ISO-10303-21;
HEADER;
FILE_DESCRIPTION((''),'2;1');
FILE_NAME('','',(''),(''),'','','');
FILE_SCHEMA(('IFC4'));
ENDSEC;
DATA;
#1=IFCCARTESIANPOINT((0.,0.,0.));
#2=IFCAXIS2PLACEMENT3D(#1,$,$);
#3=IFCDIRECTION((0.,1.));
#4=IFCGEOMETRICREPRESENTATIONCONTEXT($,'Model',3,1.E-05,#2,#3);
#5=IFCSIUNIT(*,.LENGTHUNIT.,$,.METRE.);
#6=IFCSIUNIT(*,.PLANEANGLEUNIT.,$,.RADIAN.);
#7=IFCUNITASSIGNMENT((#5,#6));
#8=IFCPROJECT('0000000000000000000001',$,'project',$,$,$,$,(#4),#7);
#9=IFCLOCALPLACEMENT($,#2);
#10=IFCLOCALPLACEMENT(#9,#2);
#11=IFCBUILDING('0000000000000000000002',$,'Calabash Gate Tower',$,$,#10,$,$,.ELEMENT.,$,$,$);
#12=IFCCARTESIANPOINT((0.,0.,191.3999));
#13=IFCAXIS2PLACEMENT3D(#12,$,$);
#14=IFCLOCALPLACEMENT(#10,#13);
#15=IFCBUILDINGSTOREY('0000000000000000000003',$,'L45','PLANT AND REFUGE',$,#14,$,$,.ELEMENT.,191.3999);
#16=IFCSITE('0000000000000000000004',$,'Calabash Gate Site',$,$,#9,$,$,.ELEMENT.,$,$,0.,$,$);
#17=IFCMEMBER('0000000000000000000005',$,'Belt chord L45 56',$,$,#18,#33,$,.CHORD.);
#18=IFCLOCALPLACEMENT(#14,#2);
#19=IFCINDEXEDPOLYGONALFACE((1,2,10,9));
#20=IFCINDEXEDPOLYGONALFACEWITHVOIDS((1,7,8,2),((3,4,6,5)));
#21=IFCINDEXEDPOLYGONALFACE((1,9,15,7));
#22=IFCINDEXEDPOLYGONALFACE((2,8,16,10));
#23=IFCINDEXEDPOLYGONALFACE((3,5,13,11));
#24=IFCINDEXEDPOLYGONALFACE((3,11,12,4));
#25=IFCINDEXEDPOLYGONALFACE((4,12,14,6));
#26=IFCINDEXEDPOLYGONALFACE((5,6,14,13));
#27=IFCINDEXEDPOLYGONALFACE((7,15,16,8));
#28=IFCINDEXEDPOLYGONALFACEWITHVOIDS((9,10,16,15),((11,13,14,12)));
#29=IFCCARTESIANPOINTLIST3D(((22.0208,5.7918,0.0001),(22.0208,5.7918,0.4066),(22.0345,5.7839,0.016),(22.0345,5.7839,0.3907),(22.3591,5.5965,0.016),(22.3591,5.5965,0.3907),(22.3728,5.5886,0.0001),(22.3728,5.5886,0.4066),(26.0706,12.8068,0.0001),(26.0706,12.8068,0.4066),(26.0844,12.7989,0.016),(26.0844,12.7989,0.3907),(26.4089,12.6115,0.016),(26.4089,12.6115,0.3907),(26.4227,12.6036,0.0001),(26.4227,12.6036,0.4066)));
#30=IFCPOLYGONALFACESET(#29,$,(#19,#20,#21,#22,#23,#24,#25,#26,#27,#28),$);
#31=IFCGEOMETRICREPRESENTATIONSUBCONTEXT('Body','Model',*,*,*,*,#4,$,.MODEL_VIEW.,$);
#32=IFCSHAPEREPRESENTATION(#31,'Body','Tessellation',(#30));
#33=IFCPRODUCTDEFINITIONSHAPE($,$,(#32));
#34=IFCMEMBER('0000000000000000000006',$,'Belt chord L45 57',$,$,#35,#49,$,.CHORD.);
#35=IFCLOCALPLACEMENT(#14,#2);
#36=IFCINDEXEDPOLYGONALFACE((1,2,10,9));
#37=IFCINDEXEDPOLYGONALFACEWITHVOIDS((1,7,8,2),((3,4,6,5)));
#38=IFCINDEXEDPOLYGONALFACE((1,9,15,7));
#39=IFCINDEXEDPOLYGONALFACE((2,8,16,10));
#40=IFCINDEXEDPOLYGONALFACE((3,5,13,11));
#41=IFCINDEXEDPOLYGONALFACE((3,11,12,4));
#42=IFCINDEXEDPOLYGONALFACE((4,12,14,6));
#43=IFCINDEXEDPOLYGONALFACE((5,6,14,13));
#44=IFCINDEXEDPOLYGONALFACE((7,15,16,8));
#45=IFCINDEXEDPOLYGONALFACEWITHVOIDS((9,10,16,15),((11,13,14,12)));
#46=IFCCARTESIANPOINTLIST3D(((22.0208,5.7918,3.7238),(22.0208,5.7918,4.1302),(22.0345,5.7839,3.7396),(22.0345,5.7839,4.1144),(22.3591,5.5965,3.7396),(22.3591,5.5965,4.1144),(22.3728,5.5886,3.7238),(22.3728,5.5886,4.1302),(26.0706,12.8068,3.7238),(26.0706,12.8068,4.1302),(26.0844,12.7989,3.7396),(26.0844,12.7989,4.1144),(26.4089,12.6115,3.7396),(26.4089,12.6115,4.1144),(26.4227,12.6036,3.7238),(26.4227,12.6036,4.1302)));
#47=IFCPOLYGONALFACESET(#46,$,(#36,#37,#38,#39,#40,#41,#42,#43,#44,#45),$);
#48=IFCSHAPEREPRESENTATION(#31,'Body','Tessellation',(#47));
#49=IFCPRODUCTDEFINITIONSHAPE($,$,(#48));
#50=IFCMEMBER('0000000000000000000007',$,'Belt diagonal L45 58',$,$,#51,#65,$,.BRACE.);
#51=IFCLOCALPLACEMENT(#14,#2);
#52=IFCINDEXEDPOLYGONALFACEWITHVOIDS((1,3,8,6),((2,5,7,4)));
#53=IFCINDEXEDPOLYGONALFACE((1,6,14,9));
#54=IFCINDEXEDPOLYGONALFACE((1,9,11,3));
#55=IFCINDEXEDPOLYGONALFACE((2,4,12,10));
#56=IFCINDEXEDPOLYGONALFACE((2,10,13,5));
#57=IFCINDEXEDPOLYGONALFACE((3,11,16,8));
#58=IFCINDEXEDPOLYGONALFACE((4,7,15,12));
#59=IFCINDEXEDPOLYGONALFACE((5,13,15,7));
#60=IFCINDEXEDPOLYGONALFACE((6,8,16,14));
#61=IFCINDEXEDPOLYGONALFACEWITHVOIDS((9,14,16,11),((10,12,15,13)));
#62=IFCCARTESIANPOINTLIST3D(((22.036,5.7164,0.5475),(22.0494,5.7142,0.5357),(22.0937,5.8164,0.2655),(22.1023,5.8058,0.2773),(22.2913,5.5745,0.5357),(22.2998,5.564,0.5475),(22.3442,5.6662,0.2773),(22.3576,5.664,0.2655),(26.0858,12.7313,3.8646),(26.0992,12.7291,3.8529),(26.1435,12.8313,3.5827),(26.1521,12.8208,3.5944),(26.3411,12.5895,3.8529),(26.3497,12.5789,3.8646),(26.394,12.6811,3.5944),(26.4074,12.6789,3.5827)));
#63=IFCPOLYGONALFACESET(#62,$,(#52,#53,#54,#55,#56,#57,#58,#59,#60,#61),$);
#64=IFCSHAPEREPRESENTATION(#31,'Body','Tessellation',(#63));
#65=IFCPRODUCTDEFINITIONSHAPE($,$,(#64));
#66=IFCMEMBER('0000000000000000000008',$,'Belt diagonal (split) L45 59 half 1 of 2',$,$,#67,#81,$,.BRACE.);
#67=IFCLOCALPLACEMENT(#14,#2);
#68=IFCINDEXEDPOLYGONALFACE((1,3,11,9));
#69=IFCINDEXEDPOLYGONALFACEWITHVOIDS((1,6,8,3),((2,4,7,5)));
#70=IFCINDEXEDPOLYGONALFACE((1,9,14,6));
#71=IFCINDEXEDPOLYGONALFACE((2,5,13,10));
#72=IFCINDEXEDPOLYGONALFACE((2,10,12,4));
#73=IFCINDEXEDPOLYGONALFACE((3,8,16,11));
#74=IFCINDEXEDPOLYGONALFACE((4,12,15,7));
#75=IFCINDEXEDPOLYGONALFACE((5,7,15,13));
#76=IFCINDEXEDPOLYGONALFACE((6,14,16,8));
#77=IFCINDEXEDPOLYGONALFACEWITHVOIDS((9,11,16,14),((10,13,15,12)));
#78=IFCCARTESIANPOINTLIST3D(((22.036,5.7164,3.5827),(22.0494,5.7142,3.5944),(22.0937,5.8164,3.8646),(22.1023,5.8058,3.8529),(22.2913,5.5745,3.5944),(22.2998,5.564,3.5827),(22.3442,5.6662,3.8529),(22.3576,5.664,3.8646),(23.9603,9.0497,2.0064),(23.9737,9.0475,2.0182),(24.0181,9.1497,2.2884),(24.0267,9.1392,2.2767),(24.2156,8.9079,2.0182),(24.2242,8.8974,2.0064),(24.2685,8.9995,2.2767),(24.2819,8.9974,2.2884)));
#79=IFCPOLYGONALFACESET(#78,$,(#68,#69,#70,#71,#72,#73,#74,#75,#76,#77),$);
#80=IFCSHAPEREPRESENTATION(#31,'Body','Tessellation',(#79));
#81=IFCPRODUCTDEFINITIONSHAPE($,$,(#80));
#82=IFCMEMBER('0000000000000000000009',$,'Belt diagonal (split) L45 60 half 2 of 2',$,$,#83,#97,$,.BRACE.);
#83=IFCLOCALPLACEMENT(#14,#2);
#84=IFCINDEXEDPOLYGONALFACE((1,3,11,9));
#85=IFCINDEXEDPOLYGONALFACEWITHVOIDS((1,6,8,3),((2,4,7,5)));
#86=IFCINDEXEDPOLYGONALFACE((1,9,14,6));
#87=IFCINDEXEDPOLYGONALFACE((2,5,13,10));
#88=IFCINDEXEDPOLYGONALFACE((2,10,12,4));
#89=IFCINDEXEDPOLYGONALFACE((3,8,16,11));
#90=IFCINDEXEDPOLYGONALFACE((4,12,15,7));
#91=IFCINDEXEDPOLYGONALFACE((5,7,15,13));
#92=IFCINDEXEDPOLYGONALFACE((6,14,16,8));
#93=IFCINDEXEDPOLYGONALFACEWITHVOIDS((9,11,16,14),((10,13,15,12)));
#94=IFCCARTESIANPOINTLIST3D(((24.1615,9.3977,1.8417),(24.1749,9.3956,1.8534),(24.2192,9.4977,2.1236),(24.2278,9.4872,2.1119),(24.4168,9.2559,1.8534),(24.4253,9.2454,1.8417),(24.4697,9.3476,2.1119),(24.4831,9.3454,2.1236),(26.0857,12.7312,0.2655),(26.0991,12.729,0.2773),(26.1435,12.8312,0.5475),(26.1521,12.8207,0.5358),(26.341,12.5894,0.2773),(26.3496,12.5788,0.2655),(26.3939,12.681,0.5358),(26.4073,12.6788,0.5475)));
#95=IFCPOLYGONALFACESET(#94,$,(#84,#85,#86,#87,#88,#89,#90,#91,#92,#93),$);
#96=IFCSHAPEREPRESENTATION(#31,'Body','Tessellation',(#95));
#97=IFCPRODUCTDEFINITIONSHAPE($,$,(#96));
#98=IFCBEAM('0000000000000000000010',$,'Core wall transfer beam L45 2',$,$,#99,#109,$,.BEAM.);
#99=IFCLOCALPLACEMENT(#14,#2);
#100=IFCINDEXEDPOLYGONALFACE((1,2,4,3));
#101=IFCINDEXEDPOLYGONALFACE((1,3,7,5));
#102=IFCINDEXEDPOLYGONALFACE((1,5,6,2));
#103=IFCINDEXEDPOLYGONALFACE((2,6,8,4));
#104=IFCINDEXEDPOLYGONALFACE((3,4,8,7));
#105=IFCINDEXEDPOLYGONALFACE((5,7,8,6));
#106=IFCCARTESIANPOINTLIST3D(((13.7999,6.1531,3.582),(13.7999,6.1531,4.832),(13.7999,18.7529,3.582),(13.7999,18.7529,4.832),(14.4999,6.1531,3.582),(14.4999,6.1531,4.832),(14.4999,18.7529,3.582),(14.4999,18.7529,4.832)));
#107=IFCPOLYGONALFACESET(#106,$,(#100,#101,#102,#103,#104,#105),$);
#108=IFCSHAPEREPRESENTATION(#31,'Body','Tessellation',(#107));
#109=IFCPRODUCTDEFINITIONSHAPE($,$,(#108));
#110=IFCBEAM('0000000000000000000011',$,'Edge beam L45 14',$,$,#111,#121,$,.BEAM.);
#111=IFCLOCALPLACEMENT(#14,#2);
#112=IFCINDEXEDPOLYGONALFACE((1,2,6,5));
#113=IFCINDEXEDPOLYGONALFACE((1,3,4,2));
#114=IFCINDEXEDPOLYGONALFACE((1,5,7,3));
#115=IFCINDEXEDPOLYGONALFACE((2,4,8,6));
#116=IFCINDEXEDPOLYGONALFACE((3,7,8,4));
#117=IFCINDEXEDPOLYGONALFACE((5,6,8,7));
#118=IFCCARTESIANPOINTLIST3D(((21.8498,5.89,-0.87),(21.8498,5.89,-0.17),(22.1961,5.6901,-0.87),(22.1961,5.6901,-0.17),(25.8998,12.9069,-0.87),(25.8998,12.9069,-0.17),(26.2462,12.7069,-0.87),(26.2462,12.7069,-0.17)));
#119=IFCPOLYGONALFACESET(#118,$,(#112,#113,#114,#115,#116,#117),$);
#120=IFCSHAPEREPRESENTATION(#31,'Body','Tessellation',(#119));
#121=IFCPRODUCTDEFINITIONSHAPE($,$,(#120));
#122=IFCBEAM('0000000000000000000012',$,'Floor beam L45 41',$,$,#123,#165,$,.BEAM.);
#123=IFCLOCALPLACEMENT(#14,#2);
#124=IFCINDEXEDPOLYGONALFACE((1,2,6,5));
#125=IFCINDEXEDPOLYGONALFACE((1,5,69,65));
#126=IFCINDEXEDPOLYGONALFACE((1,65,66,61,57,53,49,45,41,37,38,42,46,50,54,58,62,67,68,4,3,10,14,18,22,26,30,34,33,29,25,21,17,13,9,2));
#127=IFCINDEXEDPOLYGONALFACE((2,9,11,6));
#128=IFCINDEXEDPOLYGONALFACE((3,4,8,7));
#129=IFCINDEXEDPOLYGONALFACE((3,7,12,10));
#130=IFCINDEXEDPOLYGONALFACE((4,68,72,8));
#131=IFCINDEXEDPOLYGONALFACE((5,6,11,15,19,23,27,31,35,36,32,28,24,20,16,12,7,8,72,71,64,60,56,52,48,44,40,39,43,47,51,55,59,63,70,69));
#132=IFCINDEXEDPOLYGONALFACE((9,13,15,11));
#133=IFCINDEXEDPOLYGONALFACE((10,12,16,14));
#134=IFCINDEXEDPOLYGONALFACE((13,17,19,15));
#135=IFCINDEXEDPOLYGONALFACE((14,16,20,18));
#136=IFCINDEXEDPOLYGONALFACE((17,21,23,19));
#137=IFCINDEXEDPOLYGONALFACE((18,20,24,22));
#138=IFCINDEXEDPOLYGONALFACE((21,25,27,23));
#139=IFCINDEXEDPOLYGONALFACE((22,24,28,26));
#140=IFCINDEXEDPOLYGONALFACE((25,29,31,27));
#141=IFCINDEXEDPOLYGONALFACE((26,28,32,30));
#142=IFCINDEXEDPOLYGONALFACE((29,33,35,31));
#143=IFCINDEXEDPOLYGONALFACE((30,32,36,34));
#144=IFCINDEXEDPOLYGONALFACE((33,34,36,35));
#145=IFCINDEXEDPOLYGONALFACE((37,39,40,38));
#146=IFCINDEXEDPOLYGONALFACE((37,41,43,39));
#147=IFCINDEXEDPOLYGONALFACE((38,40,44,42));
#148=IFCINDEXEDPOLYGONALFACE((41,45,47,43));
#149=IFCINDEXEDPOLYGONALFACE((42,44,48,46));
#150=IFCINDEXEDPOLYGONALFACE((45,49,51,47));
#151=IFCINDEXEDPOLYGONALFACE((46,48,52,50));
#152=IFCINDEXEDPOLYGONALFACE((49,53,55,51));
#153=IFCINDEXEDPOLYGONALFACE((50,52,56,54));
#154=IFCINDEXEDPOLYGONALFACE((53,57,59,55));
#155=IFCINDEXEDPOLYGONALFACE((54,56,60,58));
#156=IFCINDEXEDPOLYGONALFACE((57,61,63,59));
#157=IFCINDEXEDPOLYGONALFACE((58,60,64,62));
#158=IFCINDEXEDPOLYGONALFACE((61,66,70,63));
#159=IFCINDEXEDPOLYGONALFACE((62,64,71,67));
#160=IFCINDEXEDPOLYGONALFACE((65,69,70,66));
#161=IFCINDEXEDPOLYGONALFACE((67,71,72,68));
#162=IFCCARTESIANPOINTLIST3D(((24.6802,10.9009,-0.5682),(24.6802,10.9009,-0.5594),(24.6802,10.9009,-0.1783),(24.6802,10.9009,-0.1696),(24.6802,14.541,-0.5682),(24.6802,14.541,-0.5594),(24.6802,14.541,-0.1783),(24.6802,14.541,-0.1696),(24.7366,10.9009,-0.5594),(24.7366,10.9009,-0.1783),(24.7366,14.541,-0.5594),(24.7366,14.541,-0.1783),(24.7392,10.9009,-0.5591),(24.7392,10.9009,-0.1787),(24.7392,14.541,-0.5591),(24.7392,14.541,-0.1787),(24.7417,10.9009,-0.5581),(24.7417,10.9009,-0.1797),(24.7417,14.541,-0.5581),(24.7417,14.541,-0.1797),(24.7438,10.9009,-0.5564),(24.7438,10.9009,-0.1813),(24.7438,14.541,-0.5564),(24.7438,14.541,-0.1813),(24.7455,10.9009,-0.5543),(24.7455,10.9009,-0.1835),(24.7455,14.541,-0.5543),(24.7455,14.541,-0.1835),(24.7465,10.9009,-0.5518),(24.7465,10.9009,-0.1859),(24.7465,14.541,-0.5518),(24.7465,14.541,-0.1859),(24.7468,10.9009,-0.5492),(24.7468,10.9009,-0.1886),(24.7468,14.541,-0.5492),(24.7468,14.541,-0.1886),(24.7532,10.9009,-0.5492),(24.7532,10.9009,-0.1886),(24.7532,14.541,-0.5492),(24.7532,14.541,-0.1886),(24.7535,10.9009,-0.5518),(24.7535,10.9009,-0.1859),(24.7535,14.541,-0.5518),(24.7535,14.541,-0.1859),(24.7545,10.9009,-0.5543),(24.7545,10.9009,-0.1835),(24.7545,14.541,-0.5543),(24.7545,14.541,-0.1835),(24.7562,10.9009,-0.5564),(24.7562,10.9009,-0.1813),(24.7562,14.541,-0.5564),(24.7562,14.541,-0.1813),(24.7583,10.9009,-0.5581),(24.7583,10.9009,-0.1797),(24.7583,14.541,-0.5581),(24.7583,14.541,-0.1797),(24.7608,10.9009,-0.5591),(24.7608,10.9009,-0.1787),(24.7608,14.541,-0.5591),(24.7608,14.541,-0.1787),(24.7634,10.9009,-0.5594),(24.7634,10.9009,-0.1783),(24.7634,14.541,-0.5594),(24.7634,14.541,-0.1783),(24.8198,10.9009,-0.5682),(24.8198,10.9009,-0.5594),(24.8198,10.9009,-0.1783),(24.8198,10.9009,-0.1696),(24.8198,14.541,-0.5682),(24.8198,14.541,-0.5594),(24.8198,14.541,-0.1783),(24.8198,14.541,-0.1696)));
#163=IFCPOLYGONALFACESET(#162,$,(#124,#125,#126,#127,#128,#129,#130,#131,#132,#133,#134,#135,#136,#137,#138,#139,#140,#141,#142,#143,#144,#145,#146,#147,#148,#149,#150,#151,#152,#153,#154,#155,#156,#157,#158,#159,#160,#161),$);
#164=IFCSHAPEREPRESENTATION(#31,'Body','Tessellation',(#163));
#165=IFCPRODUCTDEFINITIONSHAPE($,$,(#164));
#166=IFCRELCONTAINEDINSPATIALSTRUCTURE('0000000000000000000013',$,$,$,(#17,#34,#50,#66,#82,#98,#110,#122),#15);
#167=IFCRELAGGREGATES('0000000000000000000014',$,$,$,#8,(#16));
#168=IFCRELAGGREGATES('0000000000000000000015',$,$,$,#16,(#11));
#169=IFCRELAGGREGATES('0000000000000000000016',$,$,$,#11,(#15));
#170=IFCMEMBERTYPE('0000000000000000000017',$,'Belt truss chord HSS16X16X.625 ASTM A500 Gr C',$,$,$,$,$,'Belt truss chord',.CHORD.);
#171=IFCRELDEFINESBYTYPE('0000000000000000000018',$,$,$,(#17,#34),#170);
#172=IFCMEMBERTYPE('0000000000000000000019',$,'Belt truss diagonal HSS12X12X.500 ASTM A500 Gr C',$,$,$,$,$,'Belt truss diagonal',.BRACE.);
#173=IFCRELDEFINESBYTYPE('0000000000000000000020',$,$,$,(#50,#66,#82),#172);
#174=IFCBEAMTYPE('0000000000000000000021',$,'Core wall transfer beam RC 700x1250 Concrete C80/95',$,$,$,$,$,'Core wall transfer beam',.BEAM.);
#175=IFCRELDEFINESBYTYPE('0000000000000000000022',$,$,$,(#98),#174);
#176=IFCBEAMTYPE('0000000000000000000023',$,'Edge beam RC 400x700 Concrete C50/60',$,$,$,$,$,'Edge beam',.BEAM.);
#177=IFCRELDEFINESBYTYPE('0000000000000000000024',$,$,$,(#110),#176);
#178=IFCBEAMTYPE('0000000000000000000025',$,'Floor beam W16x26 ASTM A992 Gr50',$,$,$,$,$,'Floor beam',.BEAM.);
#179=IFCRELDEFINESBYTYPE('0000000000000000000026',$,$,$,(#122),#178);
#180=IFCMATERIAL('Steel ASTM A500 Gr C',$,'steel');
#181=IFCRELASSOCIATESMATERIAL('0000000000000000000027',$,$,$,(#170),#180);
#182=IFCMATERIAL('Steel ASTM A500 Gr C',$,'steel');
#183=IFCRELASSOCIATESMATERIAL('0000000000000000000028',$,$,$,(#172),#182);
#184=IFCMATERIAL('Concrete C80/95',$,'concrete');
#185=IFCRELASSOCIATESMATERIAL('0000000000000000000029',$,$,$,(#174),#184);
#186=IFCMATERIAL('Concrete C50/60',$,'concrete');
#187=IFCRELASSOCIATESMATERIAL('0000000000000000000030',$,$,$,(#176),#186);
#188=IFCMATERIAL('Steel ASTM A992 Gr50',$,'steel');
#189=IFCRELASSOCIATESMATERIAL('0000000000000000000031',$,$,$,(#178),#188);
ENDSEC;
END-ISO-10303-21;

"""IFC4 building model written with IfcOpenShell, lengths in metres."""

from ifc_helpers import new_model, si_unit, direction, frame, origin, origin_2d, place, context, subcontext, project, spatial, rectangle, hollow_rectangle, i_section, extrude, material, material_profile, profile_set, type_object, element, save


model = new_model("IFC4")

# Units and contexts
model_context = context("Model", 3, precision=1e-05, world=origin(), true_north=direction((0.0, 1.0)))
body_context = subcontext(model_context, "Body", "Model", "MODEL_VIEW")
ifc_project = project(units=[si_unit("LENGTHUNIT", "METRE"), si_unit("PLANEANGLEUNIT", "RADIAN")], contexts=[model_context])

# Site, building, storey
site_placement = place(None, origin())
site = spatial("IfcSite", under=ifc_project, at=site_placement, Name="Calabash Gate Site", CompositionType="ELEMENT", RefElevation=0.0)
building_placement = place(site_placement, origin())
building = spatial("IfcBuilding", under=site, at=building_placement, Name="Calabash Gate Tower", CompositionType="ELEMENT")
storey_placement = place(building_placement, frame((0.0, 0.0, 191.3999)))
storey = spatial("IfcBuildingStorey", under=building, at=storey_placement, Name="L45", Description="PLANT AND REFUGE", CompositionType="ELEMENT", Elevation=191.3999)

# Members
ifc_material_1 = material(Name="Steel ASTM A500 Gr C", Category="steel")
ifc_material_profile_1 = material_profile(ifc_material_1, hollow_rectangle(XDim=0.4065, YDim=0.4065, WallThickness=0.0159, at=origin_2d()))
ifc_profile_set_1 = profile_set([ifc_material_profile_1], Name="Steel ASTM A500 Gr C")
member_type_1 = type_object("IfcMemberType", Name="Belt truss chord HSS16X16X.625 ASTM A500 Gr C", ElementType="Belt truss chord", PredefinedType="CHORD", material=ifc_profile_set_1)
for number, where, z_axis, x_axis, name in (
    (1, (22.1968, 5.6902, 0.2034), (0.499977, 0.866039, 0.0), (-0.866039, 0.499977, 0.0), "Belt chord L45 56"),
    (2, (22.1968, 5.6902, 3.927), (0.499977, 0.866039, 0.0), (-0.866039, 0.499977, 0.0), "Belt chord L45 57"),
):
    element("IfcMember", number, at=place(storey_placement, frame(where, z_axis=z_axis, x_axis=x_axis)), inside=storey, type_object=member_type_1, Name=name, PredefinedType="CHORD", context=body_context, shape_type="SweptSolid", body=[
        extrude(hollow_rectangle(XDim=0.4065, YDim=0.4065, WallThickness=0.0159, at=origin_2d()), origin(), (0.0, 0.0, 1.0), 8.1001),
    ])
ifc_material_2 = material(Name="Steel ASTM A500 Gr C", Category="steel")
ifc_material_profile_2 = material_profile(ifc_material_2, hollow_rectangle(XDim=0.3047, YDim=0.3047, WallThickness=0.0127, at=origin_2d()))
ifc_profile_set_2 = profile_set([ifc_material_profile_2], Name="Steel ASTM A500 Gr C")
member_type_2 = type_object("IfcMemberType", Name="Belt truss diagonal HSS12X12X.500 ASTM A500 Gr C", ElementType="Belt truss diagonal", PredefinedType="BRACE", material=ifc_profile_set_2)
member_placement = place(storey_placement, frame((22.1968, 5.6902, 0.4065), z_axis=(0.462682, 0.801438, 0.378976), x_axis=(-0.866039, 0.499977, 0.0)))
element("IfcMember", 3, at=member_placement, inside=storey, type_object=member_type_2, Name="Belt diagonal L45 58", PredefinedType="BRACE", context=body_context, shape_type="SweptSolid", body=[
    extrude(hollow_rectangle(XDim=0.3047, YDim=0.3047, WallThickness=0.0127, at=origin_2d()), origin(), (0.0, 0.0, 1.0), 8.7529),
])
for number, where, z_axis, x_axis, name in (
    (4, (22.1968, 5.6902, 3.7236), (0.462679, 0.801441, -0.378972), (-0.866041, 0.499973, 0.0), "Belt diagonal (split) L45 59 half 1 of 2"),
    (5, (24.3223, 9.3716, 1.9827), (0.462658, 0.801462, -0.378954), (-0.866057, 0.499946, 0.0), "Belt diagonal (split) L45 60 half 2 of 2"),
):
    element("IfcMember", number, at=place(storey_placement, frame(where, z_axis=z_axis, x_axis=x_axis)), inside=storey, type_object=member_type_2, Name=name, PredefinedType="BRACE", context=body_context, shape_type="SweptSolid", body=[
        extrude(hollow_rectangle(XDim=0.3047, YDim=0.3047, WallThickness=0.0127, at=origin_2d()), origin(), (0.0, 0.0, 1.0), 4.1592),
    ])

# Beams
ifc_material_3 = material(Name="Concrete C80/95", Category="concrete")
ifc_material_profile_3 = material_profile(ifc_material_3, rectangle(XDim=0.7, YDim=1.25, at=origin_2d()))
ifc_profile_set_3 = profile_set([ifc_material_profile_3], Name="Concrete C80/95")
beam_type_1 = type_object("IfcBeamType", Name="Core wall transfer beam RC 700x1250 Concrete C80/95", ElementType="Core wall transfer beam", PredefinedType="BEAM", material=ifc_profile_set_3)
beam_1_placement = place(storey_placement, frame((14.1499, 6.1531, 4.207), z_axis=(0.0, 1.0, 0.0), x_axis=(-1.0, 0.0, 0.0)))
element("IfcBeam", 6, at=beam_1_placement, inside=storey, type_object=beam_type_1, Name="Core wall transfer beam L45 2", PredefinedType="BEAM", context=body_context, shape_type="SweptSolid", body=[
    extrude(rectangle(XDim=0.7, YDim=1.25, at=origin_2d()), origin(), (0.0, 0.0, 1.0), 12.5999),
])
ifc_material_4 = material(Name="Concrete C50/60", Category="concrete")
ifc_material_profile_4 = material_profile(ifc_material_4, rectangle(XDim=0.3999, YDim=0.7, at=origin_2d()))
ifc_profile_set_4 = profile_set([ifc_material_profile_4], Name="Concrete C50/60")
beam_type_2 = type_object("IfcBeamType", Name="Edge beam RC 400x700 Concrete C50/60", ElementType="Edge beam", PredefinedType="BEAM", material=ifc_profile_set_4)
beam_2_placement = place(storey_placement, frame((22.0229, 5.79, -0.52), z_axis=(0.499895, 0.866086, 0.0), x_axis=(-0.866086, 0.499895, 0.0)))
element("IfcBeam", 7, at=beam_2_placement, inside=storey, type_object=beam_type_2, Name="Edge beam L45 14", PredefinedType="BEAM", context=body_context, shape_type="SweptSolid", body=[
    extrude(rectangle(XDim=0.3999, YDim=0.7, at=origin_2d()), origin(), (0.0, 0.0, 1.0), 8.1018),
])
ifc_material_5 = material(Name="Steel ASTM A992 Gr50", Category="steel")
ifc_material_profile_5 = material_profile(ifc_material_5, i_section(OverallWidth=0.1396, OverallDepth=0.3987, WebThickness=0.0063, FlangeThickness=0.0088, FilletRadius=0.0103, at=origin_2d()))
ifc_profile_set_5 = profile_set([ifc_material_profile_5], Name="Steel ASTM A992 Gr50")
beam_type_3 = type_object("IfcBeamType", Name="Floor beam W16x26 ASTM A992 Gr50", ElementType="Floor beam", PredefinedType="BEAM", material=ifc_profile_set_5)
beam_3_placement = place(storey_placement, frame((24.75, 10.9009, -0.3689), z_axis=(0.0, 1.0, 0.0), x_axis=(-1.0, 0.0, 0.0)))
element("IfcBeam", 8, at=beam_3_placement, inside=storey, type_object=beam_type_3, Name="Floor beam L45 41", PredefinedType="BEAM", context=body_context, shape_type="SweptSolid", body=[
    extrude(i_section(OverallWidth=0.1396, OverallDepth=0.3987, WebThickness=0.0063, FlangeThickness=0.0088, FilletRadius=0.0103, at=origin_2d()), origin(), (0.0, 0.0, 1.0), 3.6401),
])

save(model, "model.ifc")
